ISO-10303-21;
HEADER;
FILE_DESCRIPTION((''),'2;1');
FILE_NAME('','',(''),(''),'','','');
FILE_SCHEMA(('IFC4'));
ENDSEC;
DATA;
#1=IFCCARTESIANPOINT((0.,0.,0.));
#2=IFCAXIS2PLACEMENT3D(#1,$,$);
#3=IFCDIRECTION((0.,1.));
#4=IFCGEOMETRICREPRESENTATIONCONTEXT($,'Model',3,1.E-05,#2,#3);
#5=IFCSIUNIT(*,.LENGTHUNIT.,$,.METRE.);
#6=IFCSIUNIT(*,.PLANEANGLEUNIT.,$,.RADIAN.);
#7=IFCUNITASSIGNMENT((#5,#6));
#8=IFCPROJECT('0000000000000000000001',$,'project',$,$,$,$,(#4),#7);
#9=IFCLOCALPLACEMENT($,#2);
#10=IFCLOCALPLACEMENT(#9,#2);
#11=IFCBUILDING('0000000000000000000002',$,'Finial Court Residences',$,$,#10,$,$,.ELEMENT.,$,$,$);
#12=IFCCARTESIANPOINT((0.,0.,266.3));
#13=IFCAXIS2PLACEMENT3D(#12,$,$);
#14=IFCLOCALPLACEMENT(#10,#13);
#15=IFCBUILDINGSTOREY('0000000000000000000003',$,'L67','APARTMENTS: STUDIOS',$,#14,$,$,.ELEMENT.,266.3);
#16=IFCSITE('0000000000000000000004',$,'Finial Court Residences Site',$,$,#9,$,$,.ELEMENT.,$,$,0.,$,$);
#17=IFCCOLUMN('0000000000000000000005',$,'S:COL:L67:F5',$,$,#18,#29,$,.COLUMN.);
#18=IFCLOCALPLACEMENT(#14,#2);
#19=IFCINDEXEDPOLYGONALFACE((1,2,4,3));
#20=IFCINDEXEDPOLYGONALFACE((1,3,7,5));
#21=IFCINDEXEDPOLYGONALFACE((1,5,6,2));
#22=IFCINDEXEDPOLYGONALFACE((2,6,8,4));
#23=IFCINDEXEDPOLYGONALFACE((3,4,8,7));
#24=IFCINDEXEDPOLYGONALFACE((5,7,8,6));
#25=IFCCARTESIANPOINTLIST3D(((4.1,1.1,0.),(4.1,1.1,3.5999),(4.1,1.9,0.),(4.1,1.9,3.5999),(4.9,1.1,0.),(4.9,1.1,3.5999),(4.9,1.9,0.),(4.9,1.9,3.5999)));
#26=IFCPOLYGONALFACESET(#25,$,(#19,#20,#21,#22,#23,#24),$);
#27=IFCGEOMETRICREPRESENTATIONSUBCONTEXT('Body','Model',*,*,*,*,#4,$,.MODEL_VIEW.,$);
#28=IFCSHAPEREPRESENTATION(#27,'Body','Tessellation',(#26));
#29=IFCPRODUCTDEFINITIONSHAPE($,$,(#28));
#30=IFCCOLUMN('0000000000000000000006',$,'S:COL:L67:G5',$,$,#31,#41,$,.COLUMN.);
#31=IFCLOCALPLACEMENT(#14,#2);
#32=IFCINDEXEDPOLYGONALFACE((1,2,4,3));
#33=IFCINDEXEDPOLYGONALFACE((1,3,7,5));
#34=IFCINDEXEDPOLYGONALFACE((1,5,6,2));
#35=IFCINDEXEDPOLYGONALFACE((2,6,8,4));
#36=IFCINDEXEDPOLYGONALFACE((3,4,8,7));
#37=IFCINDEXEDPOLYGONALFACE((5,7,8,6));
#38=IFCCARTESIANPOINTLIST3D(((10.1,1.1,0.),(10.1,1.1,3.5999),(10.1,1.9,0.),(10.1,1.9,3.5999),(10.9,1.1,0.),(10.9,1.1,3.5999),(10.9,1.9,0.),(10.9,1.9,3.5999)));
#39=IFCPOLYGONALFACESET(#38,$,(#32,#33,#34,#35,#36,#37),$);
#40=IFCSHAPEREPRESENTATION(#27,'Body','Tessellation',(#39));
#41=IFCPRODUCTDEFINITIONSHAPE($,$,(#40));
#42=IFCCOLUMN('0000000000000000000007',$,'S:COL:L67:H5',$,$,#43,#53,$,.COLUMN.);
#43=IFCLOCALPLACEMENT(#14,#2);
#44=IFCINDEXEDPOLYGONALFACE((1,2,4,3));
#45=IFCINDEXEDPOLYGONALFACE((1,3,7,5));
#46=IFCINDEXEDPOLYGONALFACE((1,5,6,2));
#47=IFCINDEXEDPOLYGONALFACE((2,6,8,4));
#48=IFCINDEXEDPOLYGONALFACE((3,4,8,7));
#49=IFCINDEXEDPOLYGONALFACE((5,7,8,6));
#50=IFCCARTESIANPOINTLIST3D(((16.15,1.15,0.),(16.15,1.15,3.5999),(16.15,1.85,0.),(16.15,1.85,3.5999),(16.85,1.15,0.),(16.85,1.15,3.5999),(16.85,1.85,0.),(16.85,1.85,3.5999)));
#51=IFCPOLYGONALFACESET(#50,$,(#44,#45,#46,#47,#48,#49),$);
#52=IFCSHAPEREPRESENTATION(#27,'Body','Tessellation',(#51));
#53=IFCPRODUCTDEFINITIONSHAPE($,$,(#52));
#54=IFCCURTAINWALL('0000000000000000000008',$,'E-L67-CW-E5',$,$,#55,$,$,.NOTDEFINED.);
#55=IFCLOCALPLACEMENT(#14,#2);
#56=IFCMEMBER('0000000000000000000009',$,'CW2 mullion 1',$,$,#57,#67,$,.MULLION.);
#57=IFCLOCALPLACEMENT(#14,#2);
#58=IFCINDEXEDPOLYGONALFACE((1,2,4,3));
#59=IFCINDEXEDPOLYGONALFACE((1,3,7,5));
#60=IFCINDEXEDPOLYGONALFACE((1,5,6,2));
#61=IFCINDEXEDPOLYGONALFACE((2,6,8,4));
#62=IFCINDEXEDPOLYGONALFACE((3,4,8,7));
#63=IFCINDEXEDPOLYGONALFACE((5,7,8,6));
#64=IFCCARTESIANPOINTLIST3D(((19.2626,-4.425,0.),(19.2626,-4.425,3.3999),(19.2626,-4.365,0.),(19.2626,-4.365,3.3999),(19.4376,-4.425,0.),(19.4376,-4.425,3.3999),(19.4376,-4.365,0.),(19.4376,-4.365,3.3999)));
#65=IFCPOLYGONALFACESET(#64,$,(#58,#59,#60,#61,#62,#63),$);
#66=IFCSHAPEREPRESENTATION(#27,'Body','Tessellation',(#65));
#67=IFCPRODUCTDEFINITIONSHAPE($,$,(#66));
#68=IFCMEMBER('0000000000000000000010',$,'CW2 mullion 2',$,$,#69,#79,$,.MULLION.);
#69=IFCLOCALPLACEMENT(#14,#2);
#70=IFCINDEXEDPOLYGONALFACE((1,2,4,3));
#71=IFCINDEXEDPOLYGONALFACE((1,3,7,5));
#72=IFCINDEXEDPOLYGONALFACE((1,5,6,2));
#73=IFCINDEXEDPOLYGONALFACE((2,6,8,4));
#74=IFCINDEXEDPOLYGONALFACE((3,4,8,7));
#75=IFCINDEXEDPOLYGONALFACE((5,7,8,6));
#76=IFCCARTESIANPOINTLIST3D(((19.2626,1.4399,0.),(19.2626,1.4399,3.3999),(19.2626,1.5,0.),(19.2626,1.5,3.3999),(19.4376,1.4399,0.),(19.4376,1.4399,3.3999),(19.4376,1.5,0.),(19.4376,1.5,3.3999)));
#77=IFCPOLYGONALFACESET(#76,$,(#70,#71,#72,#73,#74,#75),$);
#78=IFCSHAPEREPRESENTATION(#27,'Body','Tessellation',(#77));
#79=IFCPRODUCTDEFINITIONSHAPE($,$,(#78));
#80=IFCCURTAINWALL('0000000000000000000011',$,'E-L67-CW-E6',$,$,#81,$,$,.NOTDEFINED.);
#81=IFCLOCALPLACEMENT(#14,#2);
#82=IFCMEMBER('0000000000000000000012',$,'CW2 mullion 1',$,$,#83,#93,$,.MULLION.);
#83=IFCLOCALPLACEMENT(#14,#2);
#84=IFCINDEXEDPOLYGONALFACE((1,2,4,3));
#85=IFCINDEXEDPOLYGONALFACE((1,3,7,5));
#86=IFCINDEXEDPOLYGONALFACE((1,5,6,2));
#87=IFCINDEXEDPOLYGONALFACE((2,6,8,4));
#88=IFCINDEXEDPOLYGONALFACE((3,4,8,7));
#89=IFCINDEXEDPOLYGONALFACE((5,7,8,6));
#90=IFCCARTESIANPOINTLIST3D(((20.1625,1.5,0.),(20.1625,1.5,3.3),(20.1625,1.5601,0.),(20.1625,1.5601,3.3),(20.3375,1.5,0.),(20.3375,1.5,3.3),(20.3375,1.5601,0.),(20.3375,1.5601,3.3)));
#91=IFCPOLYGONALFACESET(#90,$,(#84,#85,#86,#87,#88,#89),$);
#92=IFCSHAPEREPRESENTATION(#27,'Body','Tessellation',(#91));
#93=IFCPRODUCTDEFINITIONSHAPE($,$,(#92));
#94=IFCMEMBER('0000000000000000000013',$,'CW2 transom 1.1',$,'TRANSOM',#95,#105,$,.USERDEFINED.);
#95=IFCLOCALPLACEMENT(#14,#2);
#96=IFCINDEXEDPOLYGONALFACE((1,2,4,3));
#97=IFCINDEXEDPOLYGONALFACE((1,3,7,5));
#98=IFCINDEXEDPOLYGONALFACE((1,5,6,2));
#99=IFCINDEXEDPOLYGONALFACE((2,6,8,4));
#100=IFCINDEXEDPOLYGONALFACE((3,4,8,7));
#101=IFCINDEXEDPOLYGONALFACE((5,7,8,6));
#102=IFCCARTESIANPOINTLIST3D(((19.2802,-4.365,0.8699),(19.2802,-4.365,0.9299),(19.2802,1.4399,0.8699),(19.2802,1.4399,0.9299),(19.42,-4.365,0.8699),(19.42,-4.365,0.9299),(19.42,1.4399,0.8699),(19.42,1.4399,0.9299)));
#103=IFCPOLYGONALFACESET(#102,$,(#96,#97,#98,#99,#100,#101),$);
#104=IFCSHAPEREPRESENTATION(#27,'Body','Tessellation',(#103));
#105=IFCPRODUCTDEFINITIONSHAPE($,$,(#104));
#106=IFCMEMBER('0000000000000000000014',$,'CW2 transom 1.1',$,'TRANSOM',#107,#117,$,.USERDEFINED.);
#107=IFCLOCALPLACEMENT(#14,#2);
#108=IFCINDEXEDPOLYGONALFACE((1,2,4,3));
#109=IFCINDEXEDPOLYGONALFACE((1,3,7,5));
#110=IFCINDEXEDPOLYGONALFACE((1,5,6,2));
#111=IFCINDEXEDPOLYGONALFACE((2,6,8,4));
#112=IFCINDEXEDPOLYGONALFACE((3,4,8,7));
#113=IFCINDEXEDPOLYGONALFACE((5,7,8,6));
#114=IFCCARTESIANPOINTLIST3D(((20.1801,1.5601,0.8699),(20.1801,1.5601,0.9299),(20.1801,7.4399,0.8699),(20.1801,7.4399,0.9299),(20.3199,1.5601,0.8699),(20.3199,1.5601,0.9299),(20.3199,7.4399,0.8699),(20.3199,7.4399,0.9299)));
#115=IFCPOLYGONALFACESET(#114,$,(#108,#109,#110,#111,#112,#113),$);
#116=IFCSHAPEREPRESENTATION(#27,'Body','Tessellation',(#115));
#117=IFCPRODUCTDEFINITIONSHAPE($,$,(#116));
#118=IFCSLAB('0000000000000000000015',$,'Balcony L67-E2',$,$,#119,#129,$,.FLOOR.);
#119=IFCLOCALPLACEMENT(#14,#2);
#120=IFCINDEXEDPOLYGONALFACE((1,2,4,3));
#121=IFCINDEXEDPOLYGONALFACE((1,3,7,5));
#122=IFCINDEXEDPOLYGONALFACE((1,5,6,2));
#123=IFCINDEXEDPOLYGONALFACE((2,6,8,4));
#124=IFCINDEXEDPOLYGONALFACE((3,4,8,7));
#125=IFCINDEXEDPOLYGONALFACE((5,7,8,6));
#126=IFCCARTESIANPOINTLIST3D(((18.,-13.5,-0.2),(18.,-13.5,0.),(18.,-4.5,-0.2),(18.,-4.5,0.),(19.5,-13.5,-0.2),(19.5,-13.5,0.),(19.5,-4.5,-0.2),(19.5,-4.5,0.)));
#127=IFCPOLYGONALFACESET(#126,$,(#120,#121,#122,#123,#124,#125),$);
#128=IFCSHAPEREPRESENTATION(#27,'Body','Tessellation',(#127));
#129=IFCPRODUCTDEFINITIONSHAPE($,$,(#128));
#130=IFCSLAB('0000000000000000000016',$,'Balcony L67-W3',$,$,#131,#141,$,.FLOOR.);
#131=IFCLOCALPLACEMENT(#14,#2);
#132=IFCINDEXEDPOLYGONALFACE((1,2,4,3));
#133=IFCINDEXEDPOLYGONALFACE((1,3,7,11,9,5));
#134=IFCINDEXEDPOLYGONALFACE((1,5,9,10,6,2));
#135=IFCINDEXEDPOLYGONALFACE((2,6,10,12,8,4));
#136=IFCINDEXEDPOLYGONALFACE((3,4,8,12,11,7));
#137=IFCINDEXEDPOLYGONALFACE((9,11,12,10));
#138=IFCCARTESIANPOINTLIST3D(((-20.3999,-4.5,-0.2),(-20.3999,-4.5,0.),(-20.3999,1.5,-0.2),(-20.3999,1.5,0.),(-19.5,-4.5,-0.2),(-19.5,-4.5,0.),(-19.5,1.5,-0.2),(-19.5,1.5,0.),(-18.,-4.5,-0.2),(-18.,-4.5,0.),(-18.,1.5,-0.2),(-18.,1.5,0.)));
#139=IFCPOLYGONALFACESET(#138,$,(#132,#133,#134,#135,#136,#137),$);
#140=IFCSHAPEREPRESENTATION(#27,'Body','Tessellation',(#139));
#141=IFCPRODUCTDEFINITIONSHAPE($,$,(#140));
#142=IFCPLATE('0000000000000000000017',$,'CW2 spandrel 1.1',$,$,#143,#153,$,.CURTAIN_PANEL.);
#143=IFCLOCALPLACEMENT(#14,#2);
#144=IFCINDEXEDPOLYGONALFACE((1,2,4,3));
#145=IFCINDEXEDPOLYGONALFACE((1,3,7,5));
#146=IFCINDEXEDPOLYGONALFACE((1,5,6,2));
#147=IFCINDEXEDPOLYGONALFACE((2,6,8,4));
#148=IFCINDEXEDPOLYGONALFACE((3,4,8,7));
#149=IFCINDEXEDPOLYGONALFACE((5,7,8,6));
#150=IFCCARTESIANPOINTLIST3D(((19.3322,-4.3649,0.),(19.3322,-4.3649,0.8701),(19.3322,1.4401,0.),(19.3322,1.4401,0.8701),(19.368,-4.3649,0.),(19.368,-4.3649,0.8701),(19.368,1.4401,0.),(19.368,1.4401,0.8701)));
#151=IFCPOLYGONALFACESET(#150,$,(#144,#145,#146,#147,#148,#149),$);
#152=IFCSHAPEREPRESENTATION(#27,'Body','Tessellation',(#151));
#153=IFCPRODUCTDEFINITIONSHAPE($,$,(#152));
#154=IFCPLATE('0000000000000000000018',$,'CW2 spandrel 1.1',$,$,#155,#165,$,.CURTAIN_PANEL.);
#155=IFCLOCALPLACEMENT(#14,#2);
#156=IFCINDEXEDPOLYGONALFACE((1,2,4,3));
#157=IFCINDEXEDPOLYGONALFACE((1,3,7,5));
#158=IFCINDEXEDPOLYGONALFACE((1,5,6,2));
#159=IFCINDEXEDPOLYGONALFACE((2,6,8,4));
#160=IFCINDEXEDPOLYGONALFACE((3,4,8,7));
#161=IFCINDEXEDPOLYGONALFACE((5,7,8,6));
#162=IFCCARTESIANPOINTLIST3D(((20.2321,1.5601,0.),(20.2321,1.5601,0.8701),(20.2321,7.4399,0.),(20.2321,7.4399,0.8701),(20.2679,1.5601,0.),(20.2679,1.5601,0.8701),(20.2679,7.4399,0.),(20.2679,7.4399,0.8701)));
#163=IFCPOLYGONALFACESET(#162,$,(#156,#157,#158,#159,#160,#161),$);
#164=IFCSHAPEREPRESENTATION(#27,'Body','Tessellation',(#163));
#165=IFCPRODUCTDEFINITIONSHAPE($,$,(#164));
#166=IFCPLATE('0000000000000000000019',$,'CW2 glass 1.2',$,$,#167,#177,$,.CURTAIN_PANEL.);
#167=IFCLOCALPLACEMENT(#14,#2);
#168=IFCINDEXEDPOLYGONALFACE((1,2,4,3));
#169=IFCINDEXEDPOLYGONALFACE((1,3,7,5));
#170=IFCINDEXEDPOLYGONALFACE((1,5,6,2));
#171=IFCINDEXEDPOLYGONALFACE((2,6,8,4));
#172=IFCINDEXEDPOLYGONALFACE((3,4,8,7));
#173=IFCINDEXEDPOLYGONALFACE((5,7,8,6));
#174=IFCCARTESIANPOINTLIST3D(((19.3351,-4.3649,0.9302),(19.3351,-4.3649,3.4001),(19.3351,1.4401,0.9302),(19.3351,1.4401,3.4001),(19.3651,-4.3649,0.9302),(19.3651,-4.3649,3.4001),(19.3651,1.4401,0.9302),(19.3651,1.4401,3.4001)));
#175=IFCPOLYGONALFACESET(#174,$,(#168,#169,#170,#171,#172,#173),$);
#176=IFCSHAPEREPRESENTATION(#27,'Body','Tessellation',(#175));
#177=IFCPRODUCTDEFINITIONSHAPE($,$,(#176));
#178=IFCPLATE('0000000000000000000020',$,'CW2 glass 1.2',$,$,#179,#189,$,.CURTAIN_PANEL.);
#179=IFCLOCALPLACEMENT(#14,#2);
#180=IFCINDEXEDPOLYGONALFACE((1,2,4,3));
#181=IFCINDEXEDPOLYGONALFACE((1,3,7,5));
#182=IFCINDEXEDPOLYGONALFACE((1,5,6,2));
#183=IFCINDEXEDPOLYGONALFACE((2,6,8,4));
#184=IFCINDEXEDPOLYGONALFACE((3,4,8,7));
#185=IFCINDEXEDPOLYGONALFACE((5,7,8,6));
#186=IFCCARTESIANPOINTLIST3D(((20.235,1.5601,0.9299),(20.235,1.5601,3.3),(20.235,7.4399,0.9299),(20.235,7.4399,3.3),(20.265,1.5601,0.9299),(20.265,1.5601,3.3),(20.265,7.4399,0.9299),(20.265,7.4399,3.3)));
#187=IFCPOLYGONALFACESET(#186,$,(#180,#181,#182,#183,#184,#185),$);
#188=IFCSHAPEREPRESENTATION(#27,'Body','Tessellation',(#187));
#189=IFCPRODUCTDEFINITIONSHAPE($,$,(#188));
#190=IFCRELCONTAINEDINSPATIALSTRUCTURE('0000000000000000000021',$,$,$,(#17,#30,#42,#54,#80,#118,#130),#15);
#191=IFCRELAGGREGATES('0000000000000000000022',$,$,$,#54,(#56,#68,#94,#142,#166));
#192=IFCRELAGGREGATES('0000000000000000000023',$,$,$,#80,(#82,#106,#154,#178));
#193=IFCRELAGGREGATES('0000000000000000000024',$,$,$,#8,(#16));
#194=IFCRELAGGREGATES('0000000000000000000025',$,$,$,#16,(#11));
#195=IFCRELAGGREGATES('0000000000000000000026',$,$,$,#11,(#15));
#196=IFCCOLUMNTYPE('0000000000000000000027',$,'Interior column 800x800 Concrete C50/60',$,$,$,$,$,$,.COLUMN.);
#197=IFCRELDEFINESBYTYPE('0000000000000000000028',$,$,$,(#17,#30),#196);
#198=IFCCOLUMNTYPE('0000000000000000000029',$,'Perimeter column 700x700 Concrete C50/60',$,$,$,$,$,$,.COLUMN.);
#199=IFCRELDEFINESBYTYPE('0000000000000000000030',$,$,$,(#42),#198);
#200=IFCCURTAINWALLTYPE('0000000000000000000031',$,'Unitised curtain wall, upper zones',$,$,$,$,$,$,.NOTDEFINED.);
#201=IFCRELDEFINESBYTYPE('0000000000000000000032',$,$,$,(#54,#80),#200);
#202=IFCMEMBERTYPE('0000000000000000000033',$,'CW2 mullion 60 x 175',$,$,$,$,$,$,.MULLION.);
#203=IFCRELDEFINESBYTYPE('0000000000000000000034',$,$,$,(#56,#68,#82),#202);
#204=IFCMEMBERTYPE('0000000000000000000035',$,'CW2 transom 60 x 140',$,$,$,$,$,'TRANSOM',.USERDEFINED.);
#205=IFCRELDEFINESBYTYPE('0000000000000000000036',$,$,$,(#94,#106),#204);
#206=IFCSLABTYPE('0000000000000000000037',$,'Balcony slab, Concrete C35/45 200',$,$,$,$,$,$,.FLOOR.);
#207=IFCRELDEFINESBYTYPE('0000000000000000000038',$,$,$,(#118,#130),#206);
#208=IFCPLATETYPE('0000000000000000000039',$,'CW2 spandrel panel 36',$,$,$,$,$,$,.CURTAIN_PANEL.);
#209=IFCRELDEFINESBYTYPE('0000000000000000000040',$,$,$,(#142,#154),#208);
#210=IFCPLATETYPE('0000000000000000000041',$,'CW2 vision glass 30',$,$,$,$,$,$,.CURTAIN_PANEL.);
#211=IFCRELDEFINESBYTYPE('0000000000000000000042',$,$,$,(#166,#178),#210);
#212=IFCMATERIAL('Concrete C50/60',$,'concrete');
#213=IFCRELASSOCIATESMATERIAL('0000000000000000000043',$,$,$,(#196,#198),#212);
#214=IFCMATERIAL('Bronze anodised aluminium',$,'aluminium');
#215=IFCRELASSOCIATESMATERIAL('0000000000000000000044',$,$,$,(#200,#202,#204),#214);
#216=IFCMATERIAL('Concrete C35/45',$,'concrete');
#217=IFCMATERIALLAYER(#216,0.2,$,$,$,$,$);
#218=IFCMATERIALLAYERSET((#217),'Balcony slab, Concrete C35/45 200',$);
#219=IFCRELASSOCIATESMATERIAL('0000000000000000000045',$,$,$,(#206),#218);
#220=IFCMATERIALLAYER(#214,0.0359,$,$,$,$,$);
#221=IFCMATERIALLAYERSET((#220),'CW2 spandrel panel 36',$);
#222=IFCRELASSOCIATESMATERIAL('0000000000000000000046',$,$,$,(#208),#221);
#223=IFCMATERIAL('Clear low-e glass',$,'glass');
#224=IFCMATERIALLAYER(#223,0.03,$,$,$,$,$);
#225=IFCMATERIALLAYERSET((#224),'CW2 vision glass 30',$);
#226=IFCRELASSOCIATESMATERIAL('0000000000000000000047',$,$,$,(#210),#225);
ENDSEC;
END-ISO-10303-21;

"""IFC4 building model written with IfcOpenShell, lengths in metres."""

from ifc_helpers import new_model, si_unit, direction, frame, origin, origin_2d, place, context, subcontext, project, spatial, polyline, rectangle, outline, extrude, material, layer, layer_set, material_profile, profile_set, type_object, element, aggregate, save


model = new_model("IFC4")

# Units and contexts
model_context = context("Model", 3, precision=1e-05, world=origin(), true_north=direction((0.0, 1.0)))
body_context = subcontext(model_context, "Body", "Model", "MODEL_VIEW")
ifc_project = project(units=[si_unit("LENGTHUNIT", "METRE"), si_unit("PLANEANGLEUNIT", "RADIAN")], contexts=[model_context])

# Site, building, storey
site_placement = place(None, origin())
site = spatial("IfcSite", under=ifc_project, at=site_placement, Name="Finial Court Residences Site", CompositionType="ELEMENT", RefElevation=0.0)
building_placement = place(site_placement, origin())
building = spatial("IfcBuilding", under=site, at=building_placement, Name="Finial Court Residences", CompositionType="ELEMENT")
storey_placement = place(building_placement, frame((0.0, 0.0, 266.3)))
storey = spatial("IfcBuildingStorey", under=building, at=storey_placement, Name="L67", Description="APARTMENTS: STUDIOS", CompositionType="ELEMENT", Elevation=266.3)

# Columns
ifc_material_1 = material(Name="Concrete C50/60", Category="concrete")
ifc_material_profile_1 = material_profile(ifc_material_1, rectangle(XDim=0.8, YDim=0.8, at=origin_2d()), Name="800x800")
ifc_profile_set_1 = profile_set([ifc_material_profile_1], Name="Concrete C50/60")
column_type_1 = type_object("IfcColumnType", Name="Interior column 800x800 Concrete C50/60", PredefinedType="COLUMN", material=ifc_profile_set_1)
for number, where, z_axis, x_axis, name in (
    (1, (4.5, 1.5, 0.0), (0.0, 0.0, 1.0), (1.0, 0.0, 0.0), "S:COL:L67:F5"),
    (2, (10.5, 1.5, 0.0), (0.0, 0.0, 1.0), (1.0, 0.0, 0.0), "S:COL:L67:G5"),
):
    element("IfcColumn", number, at=place(storey_placement, frame(where, z_axis=z_axis, x_axis=x_axis)), inside=storey, type_object=column_type_1, Name=name, PredefinedType="COLUMN", context=body_context, shape_type="SweptSolid", body=[
        extrude(rectangle(XDim=0.8, YDim=0.8, at=origin_2d()), origin(), (0.0, 0.0, 1.0), 3.5999),
    ])
ifc_material_profile_2 = material_profile(ifc_material_1, rectangle(XDim=0.7, YDim=0.7, at=origin_2d()), Name="700x700")
ifc_profile_set_2 = profile_set([ifc_material_profile_2], Name="Concrete C50/60")
column_type_2 = type_object("IfcColumnType", Name="Perimeter column 700x700 Concrete C50/60", PredefinedType="COLUMN", material=ifc_profile_set_2)
column_placement = place(storey_placement, frame((16.5, 1.5, 0.0), z_axis=(0.0, 0.0, 1.0), x_axis=(1.0, 0.0, 0.0)))
element("IfcColumn", 3, at=column_placement, inside=storey, type_object=column_type_2, Name="S:COL:L67:H5", PredefinedType="COLUMN", context=body_context, shape_type="SweptSolid", body=[
    extrude(rectangle(XDim=0.7, YDim=0.7, at=origin_2d()), origin(), (0.0, 0.0, 1.0), 3.5999),
])

# Curtain wall, members
ifc_material_2 = material(Name="Bronze anodised aluminium", Category="aluminium")
curtain_wall_type = type_object("IfcCurtainWallType", Name="Unitised curtain wall, upper zones", PredefinedType="NOTDEFINED", material=ifc_material_2)
curtain_wall_1_placement = place(storey_placement, origin())
curtain_wall_1 = element("IfcCurtainWall", 4, at=curtain_wall_1_placement, inside=storey, type_object=curtain_wall_type, Name="E-L67-CW-E5", PredefinedType="NOTDEFINED")
ifc_material_profile_3 = material_profile(ifc_material_2, rectangle(XDim=0.175, YDim=0.0601, at=origin_2d()), Name="CW2 mullion 60 x 175")
ifc_profile_set_3 = profile_set([ifc_material_profile_3], Name="Bronze anodised aluminium")
member_type_1 = type_object("IfcMemberType", Name="CW2 mullion 60 x 175", PredefinedType="MULLION", material=ifc_profile_set_3)
member_1_placement = place(storey_placement, frame((19.3501, -4.395, 0.0), z_axis=(0.0, 0.0, 1.0), x_axis=(-1.0, 0.0, 0.0)))
member_1 = element("IfcMember", 5, at=member_1_placement, type_object=member_type_1, Name="CW2 mullion 1", PredefinedType="MULLION", context=body_context, shape_type="SweptSolid", body=[
    extrude(rectangle(XDim=0.175, YDim=0.0601, at=origin_2d()), origin(), (0.0, 0.0, 1.0), 3.3999),
])
member_2_placement = place(storey_placement, frame((19.3501, 1.47, 0.0), z_axis=(0.0, 0.0, 1.0), x_axis=(-1.0, 0.0, 0.0)))
member_2 = element("IfcMember", 6, at=member_2_placement, type_object=member_type_1, Name="CW2 mullion 2", PredefinedType="MULLION", context=body_context, shape_type="SweptSolid", body=[
    extrude(rectangle(XDim=0.175, YDim=0.0601, at=origin_2d()), origin(), (0.0, 0.0, 1.0), 3.3999),
])

# Curtain wall, member
curtain_wall_2_placement = place(storey_placement, origin())
curtain_wall_2 = element("IfcCurtainWall", 7, at=curtain_wall_2_placement, inside=storey, type_object=curtain_wall_type, Name="E-L67-CW-E6", PredefinedType="NOTDEFINED")
member_3_placement = place(storey_placement, frame((20.25, 1.53, 0.0), z_axis=(0.0, 0.0, 1.0), x_axis=(-1.0, 0.0, 0.0)))
member_3 = element("IfcMember", 8, at=member_3_placement, type_object=member_type_1, Name="CW2 mullion 1", PredefinedType="MULLION", context=body_context, shape_type="SweptSolid", body=[
    extrude(rectangle(XDim=0.175, YDim=0.0601, at=origin_2d()), origin(), (0.0, 0.0, 1.0), 3.3),
])

# Members
ifc_material_profile_4 = material_profile(ifc_material_2, rectangle(XDim=0.1399, YDim=0.0601, at=origin_2d()), Name="CW2 transom 60 x 140")
ifc_profile_set_4 = profile_set([ifc_material_profile_4], Name="Bronze anodised aluminium")
member_type_2 = type_object("IfcMemberType", Name="CW2 transom 60 x 140", ElementType="TRANSOM", PredefinedType="USERDEFINED", material=ifc_profile_set_4)
member_4_placement = place(storey_placement, frame((19.3501, -4.365, 0.8999), z_axis=(0.0, 1.0, 0.0), x_axis=(-1.0, 0.0, 0.0)))
member_4 = element("IfcMember", 9, at=member_4_placement, type_object=member_type_2, Name="CW2 transom 1.1", ObjectType="TRANSOM", PredefinedType="USERDEFINED", context=body_context, shape_type="SweptSolid", body=[
    extrude(rectangle(XDim=0.1399, YDim=0.0601, at=origin_2d()), origin(), (0.0, 0.0, 1.0), 5.8049),
])
member_5_placement = place(storey_placement, frame((20.25, 1.5601, 0.8999), z_axis=(0.0, 1.0, 0.0), x_axis=(-1.0, 0.0, 0.0)))
member_5 = element("IfcMember", 10, at=member_5_placement, type_object=member_type_2, Name="CW2 transom 1.1", ObjectType="TRANSOM", PredefinedType="USERDEFINED", context=body_context, shape_type="SweptSolid", body=[
    extrude(rectangle(XDim=0.1399, YDim=0.0601, at=origin_2d()), origin(), (0.0, 0.0, 1.0), 5.8799),
])

# Slabs
ifc_material_3 = material(Name="Concrete C35/45", Category="concrete")
ifc_layer_1 = layer(ifc_material_3, 0.2)
ifc_layer_set_1 = layer_set([ifc_layer_1], Name="Balcony slab, Concrete C35/45 200")
slab_type = type_object("IfcSlabType", Name="Balcony slab, Concrete C35/45 200", PredefinedType="FLOOR", material=ifc_layer_set_1)
slab_1_placement = place(storey_placement, frame((0.0, 0.0, -0.2)))
element("IfcSlab", 11, at=slab_1_placement, inside=storey, type_object=slab_type, Name="Balcony L67-E2", PredefinedType="FLOOR", context=body_context, shape_type="SweptSolid", body=[
    extrude(outline(polyline([(19.5, -13.5), (19.5, -4.5), (18.0, -4.5), (18.0, -13.5), (19.5, -13.5)])), origin(), (0.0, 0.0, 1.0), 0.2),
])
slab_2_placement = place(storey_placement, frame((0.0, 0.0, -0.2)))
element("IfcSlab", 12, at=slab_2_placement, inside=storey, type_object=slab_type, Name="Balcony L67-W3", PredefinedType="FLOOR", context=body_context, shape_type="SweptSolid", body=[
    extrude(outline(polyline([(-20.3999, -4.5), (-20.3999, 1.5), (-19.5, 1.5), (-18.0, 1.5), (-18.0, -4.5), (-19.5, -4.5), (-20.3999, -4.5)])), origin(), (0.0, 0.0, 1.0), 0.2),
])

# Plates
ifc_layer_2 = layer(ifc_material_2, 0.0359)
ifc_layer_set_2 = layer_set([ifc_layer_2], Name="CW2 spandrel panel 36")
plate_type_1 = type_object("IfcPlateType", Name="CW2 spandrel panel 36", PredefinedType="CURTAIN_PANEL", material=ifc_layer_set_2)
plate_1_placement = place(storey_placement, frame((19.3501, -1.4624, 0.0), z_axis=(0.0, 0.0, 1.0), x_axis=(0.0, 1.0, 0.0)))
plate_1 = element("IfcPlate", 13, at=plate_1_placement, type_object=plate_type_1, Name="CW2 spandrel 1.1", PredefinedType="CURTAIN_PANEL", context=body_context, shape_type="SweptSolid", body=[
    extrude(rectangle(XDim=5.8049, YDim=0.0359, at=origin_2d()), origin(), (0.0, 0.0, 1.0), 0.8701),
])
plate_2_placement = place(storey_placement, frame((20.25, 4.5, 0.0), z_axis=(0.0, 0.0, 1.0), x_axis=(0.0, 1.0, 0.0)))
plate_2 = element("IfcPlate", 14, at=plate_2_placement, type_object=plate_type_1, Name="CW2 spandrel 1.1", PredefinedType="CURTAIN_PANEL", context=body_context, shape_type="SweptSolid", body=[
    extrude(rectangle(XDim=5.8799, YDim=0.0359, at=origin_2d()), origin(), (0.0, 0.0, 1.0), 0.8701),
])
ifc_material_4 = material(Name="Clear low-e glass", Category="glass")
ifc_layer_3 = layer(ifc_material_4, 0.03)
ifc_layer_set_3 = layer_set([ifc_layer_3], Name="CW2 vision glass 30")
plate_type_2 = type_object("IfcPlateType", Name="CW2 vision glass 30", PredefinedType="CURTAIN_PANEL", material=ifc_layer_set_3)
plate_3_placement = place(storey_placement, frame((19.3501, -1.4624, 0.9302), z_axis=(0.0, 0.0, 1.0), x_axis=(0.0, 1.0, 0.0)))
plate_3 = element("IfcPlate", 15, at=plate_3_placement, type_object=plate_type_2, Name="CW2 glass 1.2", PredefinedType="CURTAIN_PANEL", context=body_context, shape_type="SweptSolid", body=[
    extrude(rectangle(XDim=5.8049, YDim=0.03, at=origin_2d()), origin(), (0.0, 0.0, 1.0), 2.47),
])
aggregate(curtain_wall_1, [member_1, member_2, member_4, plate_1, plate_3])
plate_4_placement = place(storey_placement, frame((20.25, 4.5, 0.9299), z_axis=(0.0, 0.0, 1.0), x_axis=(0.0, 1.0, 0.0)))
plate_4 = element("IfcPlate", 16, at=plate_4_placement, type_object=plate_type_2, Name="CW2 glass 1.2", PredefinedType="CURTAIN_PANEL", context=body_context, shape_type="SweptSolid", body=[
    extrude(rectangle(XDim=5.8799, YDim=0.03, at=origin_2d()), origin(), (0.0, 0.0, 1.0), 2.3701),
])
aggregate(curtain_wall_2, [member_3, member_5, plate_2, plate_4])

save(model, "model.ifc")
